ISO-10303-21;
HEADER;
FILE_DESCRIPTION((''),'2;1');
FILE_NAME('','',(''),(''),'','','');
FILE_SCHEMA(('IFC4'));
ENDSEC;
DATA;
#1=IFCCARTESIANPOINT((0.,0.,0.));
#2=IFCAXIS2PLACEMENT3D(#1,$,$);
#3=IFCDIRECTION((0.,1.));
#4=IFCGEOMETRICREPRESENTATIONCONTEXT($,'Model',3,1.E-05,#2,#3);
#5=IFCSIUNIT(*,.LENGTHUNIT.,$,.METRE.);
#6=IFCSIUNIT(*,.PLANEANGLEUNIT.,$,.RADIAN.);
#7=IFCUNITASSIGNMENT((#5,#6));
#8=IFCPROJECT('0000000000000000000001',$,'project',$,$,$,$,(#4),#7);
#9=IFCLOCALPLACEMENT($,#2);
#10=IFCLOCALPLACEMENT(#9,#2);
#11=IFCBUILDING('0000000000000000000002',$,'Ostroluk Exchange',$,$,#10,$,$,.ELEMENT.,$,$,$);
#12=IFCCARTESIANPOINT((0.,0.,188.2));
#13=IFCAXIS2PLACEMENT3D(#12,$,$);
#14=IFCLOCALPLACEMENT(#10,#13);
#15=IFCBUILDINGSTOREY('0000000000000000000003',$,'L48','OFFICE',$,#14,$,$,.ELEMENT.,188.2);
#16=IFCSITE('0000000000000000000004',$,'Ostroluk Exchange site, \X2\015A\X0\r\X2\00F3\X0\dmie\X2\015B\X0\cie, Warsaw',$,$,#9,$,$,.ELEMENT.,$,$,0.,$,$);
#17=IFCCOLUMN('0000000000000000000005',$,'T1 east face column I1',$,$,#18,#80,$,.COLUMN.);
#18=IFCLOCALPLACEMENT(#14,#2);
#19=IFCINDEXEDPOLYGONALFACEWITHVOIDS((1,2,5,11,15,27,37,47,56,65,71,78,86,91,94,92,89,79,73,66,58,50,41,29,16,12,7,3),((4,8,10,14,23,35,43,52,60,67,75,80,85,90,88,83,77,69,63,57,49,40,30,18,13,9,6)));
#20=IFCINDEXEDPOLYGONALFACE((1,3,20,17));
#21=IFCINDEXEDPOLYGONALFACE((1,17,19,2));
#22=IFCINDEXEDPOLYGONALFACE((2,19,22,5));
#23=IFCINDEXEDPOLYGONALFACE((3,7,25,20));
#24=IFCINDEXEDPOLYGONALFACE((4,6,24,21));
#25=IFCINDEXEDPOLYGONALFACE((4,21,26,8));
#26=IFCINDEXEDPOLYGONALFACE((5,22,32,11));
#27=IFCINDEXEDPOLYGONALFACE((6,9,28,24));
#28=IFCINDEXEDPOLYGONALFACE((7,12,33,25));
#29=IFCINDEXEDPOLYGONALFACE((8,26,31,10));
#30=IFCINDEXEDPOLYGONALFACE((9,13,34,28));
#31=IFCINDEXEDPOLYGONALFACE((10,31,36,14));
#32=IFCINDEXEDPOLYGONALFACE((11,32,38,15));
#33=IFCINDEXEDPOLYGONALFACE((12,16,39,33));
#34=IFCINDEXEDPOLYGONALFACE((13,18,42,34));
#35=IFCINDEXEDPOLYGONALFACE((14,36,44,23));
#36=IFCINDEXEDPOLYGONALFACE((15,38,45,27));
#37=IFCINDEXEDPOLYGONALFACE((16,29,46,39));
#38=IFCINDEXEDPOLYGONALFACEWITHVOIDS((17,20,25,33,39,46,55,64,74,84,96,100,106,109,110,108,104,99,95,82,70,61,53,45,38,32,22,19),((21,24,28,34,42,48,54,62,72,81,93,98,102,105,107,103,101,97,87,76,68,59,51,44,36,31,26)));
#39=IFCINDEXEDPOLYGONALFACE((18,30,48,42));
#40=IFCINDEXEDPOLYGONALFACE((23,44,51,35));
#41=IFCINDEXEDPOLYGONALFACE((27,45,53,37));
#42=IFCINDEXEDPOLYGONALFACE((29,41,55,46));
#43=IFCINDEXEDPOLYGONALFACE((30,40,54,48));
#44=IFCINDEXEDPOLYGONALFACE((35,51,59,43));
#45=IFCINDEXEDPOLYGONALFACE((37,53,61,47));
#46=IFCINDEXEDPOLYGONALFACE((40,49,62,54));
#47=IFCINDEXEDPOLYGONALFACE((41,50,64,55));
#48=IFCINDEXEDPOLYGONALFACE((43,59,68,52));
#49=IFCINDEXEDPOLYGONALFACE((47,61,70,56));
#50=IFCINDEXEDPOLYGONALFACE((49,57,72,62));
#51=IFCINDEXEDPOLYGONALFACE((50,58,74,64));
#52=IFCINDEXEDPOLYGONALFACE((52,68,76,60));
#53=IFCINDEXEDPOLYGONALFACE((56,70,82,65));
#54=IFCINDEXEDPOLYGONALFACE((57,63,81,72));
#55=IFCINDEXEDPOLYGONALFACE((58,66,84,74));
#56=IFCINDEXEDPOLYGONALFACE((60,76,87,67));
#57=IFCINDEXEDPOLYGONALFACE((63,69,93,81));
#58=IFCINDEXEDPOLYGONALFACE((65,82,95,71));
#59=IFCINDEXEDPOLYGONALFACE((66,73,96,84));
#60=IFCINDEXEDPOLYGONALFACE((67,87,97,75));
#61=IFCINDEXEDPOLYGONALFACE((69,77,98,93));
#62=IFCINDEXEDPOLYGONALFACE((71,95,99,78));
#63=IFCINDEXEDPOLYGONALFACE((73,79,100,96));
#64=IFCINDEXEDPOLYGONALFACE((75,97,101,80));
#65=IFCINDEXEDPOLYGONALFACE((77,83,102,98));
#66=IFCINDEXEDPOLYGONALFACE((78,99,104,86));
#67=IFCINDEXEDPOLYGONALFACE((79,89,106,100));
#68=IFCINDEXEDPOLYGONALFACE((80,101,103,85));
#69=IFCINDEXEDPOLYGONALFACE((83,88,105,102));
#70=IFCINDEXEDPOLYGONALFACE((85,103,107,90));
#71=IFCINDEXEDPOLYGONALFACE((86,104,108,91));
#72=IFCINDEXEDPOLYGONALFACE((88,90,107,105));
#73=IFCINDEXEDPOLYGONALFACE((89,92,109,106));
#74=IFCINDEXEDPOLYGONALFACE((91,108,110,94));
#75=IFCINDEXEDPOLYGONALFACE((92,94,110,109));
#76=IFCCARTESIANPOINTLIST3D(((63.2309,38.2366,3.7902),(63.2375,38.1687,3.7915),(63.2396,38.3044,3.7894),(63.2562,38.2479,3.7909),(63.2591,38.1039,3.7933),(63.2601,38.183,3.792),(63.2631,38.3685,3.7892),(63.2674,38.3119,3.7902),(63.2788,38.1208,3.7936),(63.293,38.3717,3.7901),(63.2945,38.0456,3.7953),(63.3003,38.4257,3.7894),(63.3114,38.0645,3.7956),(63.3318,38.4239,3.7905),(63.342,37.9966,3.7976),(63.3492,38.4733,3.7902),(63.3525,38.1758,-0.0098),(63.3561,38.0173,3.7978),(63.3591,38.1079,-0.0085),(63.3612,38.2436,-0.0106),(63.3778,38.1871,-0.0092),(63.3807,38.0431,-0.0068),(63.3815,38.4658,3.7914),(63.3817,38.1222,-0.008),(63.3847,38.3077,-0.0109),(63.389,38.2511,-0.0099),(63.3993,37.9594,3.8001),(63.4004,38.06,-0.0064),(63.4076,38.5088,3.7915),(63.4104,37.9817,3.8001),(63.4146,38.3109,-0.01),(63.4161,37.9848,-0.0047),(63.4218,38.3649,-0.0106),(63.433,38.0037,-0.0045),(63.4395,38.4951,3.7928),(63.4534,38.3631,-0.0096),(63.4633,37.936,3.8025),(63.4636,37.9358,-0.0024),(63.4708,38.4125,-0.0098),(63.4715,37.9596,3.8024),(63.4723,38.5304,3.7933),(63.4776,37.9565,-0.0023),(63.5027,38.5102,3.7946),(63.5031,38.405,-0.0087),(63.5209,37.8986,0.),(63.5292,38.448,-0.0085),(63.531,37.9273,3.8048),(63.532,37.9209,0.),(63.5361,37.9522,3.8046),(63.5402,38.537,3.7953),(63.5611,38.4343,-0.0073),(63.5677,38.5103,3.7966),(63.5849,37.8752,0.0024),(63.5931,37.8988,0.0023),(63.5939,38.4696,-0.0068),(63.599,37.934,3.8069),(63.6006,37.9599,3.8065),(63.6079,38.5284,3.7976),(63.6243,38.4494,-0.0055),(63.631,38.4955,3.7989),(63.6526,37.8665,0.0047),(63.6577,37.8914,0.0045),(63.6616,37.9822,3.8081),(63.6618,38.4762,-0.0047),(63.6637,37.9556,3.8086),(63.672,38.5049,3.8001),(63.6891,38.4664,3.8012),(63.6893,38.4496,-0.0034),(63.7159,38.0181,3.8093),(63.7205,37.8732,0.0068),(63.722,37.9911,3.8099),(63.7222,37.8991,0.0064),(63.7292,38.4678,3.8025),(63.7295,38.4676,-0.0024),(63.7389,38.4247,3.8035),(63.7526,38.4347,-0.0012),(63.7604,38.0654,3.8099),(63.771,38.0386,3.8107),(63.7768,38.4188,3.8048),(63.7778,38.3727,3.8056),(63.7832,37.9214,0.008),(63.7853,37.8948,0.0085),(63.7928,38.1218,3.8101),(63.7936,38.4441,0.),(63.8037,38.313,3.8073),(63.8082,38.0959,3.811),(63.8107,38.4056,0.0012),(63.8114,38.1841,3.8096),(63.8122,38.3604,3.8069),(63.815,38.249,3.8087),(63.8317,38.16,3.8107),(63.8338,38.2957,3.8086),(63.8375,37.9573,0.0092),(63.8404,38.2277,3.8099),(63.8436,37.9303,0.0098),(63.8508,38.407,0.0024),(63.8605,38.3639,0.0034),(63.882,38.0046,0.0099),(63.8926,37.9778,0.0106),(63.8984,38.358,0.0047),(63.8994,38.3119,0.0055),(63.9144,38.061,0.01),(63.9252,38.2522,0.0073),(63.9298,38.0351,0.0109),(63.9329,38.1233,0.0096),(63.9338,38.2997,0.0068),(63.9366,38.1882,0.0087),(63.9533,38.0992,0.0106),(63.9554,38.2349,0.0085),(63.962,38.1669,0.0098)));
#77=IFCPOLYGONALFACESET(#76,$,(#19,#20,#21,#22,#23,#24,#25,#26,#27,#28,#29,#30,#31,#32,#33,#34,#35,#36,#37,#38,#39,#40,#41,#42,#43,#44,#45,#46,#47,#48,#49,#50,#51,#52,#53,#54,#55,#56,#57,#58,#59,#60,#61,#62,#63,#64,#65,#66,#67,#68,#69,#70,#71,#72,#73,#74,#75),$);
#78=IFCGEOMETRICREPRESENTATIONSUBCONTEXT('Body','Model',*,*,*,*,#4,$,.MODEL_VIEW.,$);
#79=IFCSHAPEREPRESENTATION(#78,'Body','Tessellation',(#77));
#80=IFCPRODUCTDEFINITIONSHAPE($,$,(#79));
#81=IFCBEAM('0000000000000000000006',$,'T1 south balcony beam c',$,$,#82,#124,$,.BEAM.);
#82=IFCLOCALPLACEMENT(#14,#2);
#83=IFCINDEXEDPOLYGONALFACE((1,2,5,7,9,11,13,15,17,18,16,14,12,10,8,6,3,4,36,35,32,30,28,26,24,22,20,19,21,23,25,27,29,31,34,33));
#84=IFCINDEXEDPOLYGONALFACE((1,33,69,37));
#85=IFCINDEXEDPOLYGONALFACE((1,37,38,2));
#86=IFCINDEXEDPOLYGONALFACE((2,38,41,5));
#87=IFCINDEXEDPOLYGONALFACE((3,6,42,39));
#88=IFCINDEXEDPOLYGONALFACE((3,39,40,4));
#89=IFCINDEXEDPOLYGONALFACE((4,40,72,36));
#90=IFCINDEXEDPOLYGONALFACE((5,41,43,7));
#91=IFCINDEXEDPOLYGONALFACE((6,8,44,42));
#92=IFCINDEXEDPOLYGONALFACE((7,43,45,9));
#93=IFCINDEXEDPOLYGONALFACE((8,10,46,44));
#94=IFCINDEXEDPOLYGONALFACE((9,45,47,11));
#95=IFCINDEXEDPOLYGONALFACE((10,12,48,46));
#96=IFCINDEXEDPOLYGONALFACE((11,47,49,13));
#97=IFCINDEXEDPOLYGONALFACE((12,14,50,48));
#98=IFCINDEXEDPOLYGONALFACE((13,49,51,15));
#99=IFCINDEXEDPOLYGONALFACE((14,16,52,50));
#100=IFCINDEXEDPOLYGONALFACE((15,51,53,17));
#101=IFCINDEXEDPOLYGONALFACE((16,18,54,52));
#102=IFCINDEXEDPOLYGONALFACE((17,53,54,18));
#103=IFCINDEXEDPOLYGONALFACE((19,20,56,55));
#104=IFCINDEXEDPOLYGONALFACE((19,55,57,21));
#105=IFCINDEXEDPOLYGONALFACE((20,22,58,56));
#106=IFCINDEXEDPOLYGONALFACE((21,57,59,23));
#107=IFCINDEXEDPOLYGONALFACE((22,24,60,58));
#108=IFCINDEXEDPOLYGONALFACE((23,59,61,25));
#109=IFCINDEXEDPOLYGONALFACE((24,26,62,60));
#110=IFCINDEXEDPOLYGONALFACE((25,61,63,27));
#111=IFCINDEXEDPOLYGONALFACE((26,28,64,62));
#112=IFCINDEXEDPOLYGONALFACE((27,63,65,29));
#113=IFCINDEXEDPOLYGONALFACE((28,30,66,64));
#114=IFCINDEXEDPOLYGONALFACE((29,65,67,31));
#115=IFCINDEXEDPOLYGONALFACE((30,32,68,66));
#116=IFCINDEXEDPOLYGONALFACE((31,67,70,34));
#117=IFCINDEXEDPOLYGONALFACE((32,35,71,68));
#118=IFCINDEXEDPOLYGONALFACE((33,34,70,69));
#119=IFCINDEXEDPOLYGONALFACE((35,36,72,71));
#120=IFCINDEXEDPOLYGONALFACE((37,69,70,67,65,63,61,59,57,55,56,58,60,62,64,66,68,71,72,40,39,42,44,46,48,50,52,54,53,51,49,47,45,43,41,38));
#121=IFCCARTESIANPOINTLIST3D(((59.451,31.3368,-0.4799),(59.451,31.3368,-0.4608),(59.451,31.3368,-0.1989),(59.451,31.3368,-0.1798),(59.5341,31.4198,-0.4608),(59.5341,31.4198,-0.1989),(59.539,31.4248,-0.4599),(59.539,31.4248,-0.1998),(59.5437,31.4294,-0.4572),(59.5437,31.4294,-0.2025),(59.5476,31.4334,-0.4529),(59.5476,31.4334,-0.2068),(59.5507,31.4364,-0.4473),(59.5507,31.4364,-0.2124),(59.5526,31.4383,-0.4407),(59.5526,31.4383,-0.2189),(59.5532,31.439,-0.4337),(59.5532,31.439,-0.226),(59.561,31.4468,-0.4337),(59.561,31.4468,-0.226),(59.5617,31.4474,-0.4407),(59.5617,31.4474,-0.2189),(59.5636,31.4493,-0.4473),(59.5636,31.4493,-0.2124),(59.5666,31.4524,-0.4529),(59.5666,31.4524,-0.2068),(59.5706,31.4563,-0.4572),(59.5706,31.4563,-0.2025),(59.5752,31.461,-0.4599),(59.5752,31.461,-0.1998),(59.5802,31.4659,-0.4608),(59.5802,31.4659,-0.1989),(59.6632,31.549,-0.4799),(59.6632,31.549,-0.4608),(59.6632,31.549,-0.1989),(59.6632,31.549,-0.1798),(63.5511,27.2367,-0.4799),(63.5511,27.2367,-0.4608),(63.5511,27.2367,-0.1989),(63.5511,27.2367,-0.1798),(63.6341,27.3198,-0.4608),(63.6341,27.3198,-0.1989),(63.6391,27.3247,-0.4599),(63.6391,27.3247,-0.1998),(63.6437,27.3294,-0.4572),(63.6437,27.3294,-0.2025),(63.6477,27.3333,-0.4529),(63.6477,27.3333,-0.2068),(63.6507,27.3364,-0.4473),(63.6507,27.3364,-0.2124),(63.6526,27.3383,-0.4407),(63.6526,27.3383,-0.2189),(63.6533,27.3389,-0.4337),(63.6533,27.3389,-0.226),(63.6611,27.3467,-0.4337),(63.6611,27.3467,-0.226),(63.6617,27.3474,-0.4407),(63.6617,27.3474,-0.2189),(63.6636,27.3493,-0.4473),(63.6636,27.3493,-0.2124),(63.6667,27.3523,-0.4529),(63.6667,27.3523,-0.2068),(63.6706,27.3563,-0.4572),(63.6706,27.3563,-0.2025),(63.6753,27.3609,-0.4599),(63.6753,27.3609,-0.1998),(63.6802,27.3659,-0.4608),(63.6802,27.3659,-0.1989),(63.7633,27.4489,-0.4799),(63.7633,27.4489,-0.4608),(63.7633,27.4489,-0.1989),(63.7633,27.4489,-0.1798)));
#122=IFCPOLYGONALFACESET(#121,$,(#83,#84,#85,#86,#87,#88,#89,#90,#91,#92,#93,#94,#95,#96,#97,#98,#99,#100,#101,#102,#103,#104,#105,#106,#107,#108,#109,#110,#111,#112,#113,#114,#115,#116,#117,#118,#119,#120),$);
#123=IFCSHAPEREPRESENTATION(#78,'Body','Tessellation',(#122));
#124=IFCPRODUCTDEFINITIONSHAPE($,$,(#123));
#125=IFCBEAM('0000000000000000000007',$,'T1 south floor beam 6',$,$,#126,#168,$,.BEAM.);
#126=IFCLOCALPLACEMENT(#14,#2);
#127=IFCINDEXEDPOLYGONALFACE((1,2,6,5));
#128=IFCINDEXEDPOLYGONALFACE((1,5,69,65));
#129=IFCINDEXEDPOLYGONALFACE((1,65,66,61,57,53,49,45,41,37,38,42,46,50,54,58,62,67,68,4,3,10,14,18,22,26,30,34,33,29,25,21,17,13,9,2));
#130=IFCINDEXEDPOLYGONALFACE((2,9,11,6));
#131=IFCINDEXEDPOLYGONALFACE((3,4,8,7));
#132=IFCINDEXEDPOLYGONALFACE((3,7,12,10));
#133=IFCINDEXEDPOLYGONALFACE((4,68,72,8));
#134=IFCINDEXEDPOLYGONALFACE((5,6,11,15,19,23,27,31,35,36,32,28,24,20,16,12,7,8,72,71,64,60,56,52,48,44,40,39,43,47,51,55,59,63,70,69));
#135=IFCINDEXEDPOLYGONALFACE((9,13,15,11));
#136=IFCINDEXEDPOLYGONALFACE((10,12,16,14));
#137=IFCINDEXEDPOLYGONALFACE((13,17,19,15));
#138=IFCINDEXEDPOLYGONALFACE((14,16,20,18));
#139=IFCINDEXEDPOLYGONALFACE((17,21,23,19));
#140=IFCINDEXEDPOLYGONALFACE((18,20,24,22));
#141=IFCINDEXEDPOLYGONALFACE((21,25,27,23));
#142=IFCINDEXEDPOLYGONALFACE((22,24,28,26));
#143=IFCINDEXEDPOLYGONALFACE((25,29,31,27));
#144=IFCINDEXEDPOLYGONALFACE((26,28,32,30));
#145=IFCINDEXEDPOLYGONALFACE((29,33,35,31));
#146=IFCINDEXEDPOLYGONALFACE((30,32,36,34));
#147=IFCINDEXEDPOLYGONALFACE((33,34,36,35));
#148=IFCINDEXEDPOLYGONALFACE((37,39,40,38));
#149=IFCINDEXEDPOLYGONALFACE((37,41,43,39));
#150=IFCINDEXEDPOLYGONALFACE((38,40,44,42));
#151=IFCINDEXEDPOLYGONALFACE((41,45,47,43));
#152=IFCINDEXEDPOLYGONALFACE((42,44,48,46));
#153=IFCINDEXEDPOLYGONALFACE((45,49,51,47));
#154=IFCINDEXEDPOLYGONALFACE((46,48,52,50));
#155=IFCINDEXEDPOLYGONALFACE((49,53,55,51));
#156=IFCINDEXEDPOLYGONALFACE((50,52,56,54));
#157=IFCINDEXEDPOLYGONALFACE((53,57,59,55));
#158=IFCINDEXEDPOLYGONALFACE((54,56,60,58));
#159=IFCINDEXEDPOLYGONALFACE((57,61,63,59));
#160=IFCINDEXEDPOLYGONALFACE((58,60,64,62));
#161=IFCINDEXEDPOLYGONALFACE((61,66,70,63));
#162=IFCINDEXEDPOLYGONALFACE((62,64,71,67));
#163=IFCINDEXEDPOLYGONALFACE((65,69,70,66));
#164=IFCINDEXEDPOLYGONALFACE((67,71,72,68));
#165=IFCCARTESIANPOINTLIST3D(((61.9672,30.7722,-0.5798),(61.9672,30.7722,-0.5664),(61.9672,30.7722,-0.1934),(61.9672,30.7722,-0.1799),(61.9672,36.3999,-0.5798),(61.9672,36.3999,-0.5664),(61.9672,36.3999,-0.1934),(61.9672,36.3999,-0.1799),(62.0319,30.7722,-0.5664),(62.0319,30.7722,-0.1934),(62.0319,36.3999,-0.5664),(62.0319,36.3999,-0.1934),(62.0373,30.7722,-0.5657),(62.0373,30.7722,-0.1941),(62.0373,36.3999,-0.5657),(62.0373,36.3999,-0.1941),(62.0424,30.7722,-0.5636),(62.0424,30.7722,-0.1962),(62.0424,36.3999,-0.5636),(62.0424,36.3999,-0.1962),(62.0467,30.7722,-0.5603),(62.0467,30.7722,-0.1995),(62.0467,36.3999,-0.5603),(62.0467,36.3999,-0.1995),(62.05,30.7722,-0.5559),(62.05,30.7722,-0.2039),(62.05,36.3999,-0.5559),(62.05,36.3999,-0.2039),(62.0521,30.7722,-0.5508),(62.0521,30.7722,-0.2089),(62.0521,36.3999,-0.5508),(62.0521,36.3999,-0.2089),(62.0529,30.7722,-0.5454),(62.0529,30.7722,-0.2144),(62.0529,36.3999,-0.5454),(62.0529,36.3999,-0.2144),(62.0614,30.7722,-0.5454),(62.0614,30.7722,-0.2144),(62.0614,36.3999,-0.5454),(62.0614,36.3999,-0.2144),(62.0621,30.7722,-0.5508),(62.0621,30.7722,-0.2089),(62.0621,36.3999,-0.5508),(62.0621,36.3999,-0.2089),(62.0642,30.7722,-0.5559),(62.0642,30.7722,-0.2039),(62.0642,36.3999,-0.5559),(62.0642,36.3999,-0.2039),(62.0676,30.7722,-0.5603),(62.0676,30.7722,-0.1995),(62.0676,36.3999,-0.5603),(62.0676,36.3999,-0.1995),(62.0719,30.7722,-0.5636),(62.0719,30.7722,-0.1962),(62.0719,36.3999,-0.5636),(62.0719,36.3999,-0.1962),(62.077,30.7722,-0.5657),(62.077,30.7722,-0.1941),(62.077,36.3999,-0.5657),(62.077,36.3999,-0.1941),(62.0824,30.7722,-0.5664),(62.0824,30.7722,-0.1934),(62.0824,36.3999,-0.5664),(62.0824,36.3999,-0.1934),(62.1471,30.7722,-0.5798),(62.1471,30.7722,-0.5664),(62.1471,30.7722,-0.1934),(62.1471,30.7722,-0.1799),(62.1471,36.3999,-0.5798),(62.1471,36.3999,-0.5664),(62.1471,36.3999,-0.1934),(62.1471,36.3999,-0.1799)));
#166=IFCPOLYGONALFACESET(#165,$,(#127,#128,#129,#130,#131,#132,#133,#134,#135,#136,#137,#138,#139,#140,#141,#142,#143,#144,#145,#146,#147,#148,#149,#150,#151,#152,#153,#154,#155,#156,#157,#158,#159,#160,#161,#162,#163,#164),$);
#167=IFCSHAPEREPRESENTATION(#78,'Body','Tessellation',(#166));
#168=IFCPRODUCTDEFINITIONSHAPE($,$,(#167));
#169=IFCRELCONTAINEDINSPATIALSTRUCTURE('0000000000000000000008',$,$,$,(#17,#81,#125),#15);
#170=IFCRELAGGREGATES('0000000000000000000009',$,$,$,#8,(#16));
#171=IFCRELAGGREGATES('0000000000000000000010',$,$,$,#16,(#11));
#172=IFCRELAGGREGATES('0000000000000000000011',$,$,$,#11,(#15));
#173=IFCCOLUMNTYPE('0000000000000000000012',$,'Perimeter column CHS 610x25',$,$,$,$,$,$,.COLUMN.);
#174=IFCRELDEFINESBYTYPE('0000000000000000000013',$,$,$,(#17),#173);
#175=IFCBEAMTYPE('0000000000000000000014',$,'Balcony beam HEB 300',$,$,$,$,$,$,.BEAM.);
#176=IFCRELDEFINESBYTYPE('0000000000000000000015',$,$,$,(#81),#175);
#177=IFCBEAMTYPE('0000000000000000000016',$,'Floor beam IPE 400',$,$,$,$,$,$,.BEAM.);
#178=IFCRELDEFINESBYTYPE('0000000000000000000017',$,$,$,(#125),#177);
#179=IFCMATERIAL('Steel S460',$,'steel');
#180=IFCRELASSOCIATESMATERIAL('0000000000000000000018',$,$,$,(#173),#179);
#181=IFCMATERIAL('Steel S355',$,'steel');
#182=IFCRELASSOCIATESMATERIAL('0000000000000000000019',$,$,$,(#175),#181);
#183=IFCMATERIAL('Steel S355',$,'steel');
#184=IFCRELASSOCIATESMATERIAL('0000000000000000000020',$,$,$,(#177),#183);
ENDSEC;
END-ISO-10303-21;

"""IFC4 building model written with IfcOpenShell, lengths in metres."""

from ifc_helpers import new_model, si_unit, direction, frame, origin, origin_2d, place, context, subcontext, project, spatial, hollow_circle, i_section, extrude, material, material_profile, profile_set, type_object, element, save


model = new_model("IFC4")

# Units and contexts
model_context = context("Model", 3, precision=1e-05, world=origin(), true_north=direction((0.0, 1.0)))
body_context = subcontext(model_context, "Body", "Model", "MODEL_VIEW")
ifc_project = project(units=[si_unit("LENGTHUNIT", "METRE"), si_unit("PLANEANGLEUNIT", "RADIAN")], contexts=[model_context])

# Site, building, storey
site_placement = place(None, origin())
site = spatial("IfcSite", under=ifc_project, at=site_placement, Name="Ostroluk Exchange site, Śródmieście, Warsaw", CompositionType="ELEMENT", RefElevation=0.0)
building_placement = place(site_placement, origin())
building = spatial("IfcBuilding", under=site, at=building_placement, Name="Ostroluk Exchange", CompositionType="ELEMENT")
storey_placement = place(building_placement, frame((0.0, 0.0, 188.2)))
storey = spatial("IfcBuildingStorey", under=building, at=storey_placement, Name="L48", Description="OFFICE", CompositionType="ELEMENT", Elevation=188.2)

# Column
ifc_material_1 = material(Name="Steel S460", Category="steel")
ifc_material_profile_1 = material_profile(ifc_material_1, hollow_circle(Radius=0.3049, WallThickness=0.0249, at=origin_2d()), Name="CHS 610x25")
ifc_profile_set_1 = profile_set([ifc_material_profile_1], Name="Steel S460")
column_type = type_object("IfcColumnType", Name="Perimeter column CHS 610x25", PredefinedType="COLUMN", material=ifc_profile_set_1)
column_placement = place(storey_placement, frame((63.6572, 38.1714, 0.0), z_axis=(-0.031974, 0.015987, 0.999361), x_axis=(-0.447214, -0.894427, 0.0)))
element("IfcColumn", 1, at=column_placement, inside=storey, type_object=column_type, Name="T1 east face column I1", PredefinedType="COLUMN", context=body_context, shape_type="SweptSolid", body=[
    extrude(hollow_circle(Radius=0.3049, WallThickness=0.0249, at=origin_2d()), origin(), (0.0, 0.0, 1.0), 3.8025),
])

# Beams
ifc_material_2 = material(Name="Steel S355", Category="steel")
ifc_material_profile_2 = material_profile(ifc_material_2, i_section(OverallWidth=0.3, OverallDepth=0.3, WebThickness=0.011, FlangeThickness=0.019, FilletRadius=0.0271, at=origin_2d()), Name="HEB 300")
ifc_profile_set_2 = profile_set([ifc_material_profile_2], Name="Steel S355")
beam_type_1 = type_object("IfcBeamType", Name="Balcony beam HEB 300", PredefinedType="BEAM", material=ifc_profile_set_2)
beam_1_placement = place(storey_placement, frame((59.5571, 31.4429, -0.3298), z_axis=(0.707107, -0.707107, 0.0), x_axis=(0.707107, 0.707107, 0.0)))
element("IfcBeam", 2, at=beam_1_placement, inside=storey, type_object=beam_type_1, Name="T1 south balcony beam c", PredefinedType="BEAM", context=body_context, shape_type="SweptSolid", body=[
    extrude(i_section(OverallWidth=0.3, OverallDepth=0.3, WebThickness=0.011, FlangeThickness=0.019, FilletRadius=0.0271, at=origin_2d()), origin(), (0.0, 0.0, 1.0), 5.7983),
])
ifc_material_3 = material(Name="Steel S355", Category="steel")
ifc_material_profile_3 = material_profile(ifc_material_3, i_section(OverallWidth=0.1799, OverallDepth=0.3999, WebThickness=0.0085, FlangeThickness=0.0134, FilletRadius=0.021, at=origin_2d()), Name="IPE 400")
ifc_profile_set_3 = profile_set([ifc_material_profile_3], Name="Steel S355")
beam_type_2 = type_object("IfcBeamType", Name="Floor beam IPE 400", PredefinedType="BEAM", material=ifc_profile_set_3)
beam_2_placement = place(storey_placement, frame((62.0571, 36.3999, -0.3799), z_axis=(0.0, -1.0, 0.0), x_axis=(1.0, 0.0, 0.0)))
element("IfcBeam", 3, at=beam_2_placement, inside=storey, type_object=beam_type_2, Name="T1 south floor beam 6", PredefinedType="BEAM", context=body_context, shape_type="SweptSolid", body=[
    extrude(i_section(OverallWidth=0.1799, OverallDepth=0.3999, WebThickness=0.0085, FlangeThickness=0.0134, FilletRadius=0.021, at=origin_2d()), origin(), (0.0, 0.0, 1.0), 5.6277),
])

save(model, "model.ifc")
